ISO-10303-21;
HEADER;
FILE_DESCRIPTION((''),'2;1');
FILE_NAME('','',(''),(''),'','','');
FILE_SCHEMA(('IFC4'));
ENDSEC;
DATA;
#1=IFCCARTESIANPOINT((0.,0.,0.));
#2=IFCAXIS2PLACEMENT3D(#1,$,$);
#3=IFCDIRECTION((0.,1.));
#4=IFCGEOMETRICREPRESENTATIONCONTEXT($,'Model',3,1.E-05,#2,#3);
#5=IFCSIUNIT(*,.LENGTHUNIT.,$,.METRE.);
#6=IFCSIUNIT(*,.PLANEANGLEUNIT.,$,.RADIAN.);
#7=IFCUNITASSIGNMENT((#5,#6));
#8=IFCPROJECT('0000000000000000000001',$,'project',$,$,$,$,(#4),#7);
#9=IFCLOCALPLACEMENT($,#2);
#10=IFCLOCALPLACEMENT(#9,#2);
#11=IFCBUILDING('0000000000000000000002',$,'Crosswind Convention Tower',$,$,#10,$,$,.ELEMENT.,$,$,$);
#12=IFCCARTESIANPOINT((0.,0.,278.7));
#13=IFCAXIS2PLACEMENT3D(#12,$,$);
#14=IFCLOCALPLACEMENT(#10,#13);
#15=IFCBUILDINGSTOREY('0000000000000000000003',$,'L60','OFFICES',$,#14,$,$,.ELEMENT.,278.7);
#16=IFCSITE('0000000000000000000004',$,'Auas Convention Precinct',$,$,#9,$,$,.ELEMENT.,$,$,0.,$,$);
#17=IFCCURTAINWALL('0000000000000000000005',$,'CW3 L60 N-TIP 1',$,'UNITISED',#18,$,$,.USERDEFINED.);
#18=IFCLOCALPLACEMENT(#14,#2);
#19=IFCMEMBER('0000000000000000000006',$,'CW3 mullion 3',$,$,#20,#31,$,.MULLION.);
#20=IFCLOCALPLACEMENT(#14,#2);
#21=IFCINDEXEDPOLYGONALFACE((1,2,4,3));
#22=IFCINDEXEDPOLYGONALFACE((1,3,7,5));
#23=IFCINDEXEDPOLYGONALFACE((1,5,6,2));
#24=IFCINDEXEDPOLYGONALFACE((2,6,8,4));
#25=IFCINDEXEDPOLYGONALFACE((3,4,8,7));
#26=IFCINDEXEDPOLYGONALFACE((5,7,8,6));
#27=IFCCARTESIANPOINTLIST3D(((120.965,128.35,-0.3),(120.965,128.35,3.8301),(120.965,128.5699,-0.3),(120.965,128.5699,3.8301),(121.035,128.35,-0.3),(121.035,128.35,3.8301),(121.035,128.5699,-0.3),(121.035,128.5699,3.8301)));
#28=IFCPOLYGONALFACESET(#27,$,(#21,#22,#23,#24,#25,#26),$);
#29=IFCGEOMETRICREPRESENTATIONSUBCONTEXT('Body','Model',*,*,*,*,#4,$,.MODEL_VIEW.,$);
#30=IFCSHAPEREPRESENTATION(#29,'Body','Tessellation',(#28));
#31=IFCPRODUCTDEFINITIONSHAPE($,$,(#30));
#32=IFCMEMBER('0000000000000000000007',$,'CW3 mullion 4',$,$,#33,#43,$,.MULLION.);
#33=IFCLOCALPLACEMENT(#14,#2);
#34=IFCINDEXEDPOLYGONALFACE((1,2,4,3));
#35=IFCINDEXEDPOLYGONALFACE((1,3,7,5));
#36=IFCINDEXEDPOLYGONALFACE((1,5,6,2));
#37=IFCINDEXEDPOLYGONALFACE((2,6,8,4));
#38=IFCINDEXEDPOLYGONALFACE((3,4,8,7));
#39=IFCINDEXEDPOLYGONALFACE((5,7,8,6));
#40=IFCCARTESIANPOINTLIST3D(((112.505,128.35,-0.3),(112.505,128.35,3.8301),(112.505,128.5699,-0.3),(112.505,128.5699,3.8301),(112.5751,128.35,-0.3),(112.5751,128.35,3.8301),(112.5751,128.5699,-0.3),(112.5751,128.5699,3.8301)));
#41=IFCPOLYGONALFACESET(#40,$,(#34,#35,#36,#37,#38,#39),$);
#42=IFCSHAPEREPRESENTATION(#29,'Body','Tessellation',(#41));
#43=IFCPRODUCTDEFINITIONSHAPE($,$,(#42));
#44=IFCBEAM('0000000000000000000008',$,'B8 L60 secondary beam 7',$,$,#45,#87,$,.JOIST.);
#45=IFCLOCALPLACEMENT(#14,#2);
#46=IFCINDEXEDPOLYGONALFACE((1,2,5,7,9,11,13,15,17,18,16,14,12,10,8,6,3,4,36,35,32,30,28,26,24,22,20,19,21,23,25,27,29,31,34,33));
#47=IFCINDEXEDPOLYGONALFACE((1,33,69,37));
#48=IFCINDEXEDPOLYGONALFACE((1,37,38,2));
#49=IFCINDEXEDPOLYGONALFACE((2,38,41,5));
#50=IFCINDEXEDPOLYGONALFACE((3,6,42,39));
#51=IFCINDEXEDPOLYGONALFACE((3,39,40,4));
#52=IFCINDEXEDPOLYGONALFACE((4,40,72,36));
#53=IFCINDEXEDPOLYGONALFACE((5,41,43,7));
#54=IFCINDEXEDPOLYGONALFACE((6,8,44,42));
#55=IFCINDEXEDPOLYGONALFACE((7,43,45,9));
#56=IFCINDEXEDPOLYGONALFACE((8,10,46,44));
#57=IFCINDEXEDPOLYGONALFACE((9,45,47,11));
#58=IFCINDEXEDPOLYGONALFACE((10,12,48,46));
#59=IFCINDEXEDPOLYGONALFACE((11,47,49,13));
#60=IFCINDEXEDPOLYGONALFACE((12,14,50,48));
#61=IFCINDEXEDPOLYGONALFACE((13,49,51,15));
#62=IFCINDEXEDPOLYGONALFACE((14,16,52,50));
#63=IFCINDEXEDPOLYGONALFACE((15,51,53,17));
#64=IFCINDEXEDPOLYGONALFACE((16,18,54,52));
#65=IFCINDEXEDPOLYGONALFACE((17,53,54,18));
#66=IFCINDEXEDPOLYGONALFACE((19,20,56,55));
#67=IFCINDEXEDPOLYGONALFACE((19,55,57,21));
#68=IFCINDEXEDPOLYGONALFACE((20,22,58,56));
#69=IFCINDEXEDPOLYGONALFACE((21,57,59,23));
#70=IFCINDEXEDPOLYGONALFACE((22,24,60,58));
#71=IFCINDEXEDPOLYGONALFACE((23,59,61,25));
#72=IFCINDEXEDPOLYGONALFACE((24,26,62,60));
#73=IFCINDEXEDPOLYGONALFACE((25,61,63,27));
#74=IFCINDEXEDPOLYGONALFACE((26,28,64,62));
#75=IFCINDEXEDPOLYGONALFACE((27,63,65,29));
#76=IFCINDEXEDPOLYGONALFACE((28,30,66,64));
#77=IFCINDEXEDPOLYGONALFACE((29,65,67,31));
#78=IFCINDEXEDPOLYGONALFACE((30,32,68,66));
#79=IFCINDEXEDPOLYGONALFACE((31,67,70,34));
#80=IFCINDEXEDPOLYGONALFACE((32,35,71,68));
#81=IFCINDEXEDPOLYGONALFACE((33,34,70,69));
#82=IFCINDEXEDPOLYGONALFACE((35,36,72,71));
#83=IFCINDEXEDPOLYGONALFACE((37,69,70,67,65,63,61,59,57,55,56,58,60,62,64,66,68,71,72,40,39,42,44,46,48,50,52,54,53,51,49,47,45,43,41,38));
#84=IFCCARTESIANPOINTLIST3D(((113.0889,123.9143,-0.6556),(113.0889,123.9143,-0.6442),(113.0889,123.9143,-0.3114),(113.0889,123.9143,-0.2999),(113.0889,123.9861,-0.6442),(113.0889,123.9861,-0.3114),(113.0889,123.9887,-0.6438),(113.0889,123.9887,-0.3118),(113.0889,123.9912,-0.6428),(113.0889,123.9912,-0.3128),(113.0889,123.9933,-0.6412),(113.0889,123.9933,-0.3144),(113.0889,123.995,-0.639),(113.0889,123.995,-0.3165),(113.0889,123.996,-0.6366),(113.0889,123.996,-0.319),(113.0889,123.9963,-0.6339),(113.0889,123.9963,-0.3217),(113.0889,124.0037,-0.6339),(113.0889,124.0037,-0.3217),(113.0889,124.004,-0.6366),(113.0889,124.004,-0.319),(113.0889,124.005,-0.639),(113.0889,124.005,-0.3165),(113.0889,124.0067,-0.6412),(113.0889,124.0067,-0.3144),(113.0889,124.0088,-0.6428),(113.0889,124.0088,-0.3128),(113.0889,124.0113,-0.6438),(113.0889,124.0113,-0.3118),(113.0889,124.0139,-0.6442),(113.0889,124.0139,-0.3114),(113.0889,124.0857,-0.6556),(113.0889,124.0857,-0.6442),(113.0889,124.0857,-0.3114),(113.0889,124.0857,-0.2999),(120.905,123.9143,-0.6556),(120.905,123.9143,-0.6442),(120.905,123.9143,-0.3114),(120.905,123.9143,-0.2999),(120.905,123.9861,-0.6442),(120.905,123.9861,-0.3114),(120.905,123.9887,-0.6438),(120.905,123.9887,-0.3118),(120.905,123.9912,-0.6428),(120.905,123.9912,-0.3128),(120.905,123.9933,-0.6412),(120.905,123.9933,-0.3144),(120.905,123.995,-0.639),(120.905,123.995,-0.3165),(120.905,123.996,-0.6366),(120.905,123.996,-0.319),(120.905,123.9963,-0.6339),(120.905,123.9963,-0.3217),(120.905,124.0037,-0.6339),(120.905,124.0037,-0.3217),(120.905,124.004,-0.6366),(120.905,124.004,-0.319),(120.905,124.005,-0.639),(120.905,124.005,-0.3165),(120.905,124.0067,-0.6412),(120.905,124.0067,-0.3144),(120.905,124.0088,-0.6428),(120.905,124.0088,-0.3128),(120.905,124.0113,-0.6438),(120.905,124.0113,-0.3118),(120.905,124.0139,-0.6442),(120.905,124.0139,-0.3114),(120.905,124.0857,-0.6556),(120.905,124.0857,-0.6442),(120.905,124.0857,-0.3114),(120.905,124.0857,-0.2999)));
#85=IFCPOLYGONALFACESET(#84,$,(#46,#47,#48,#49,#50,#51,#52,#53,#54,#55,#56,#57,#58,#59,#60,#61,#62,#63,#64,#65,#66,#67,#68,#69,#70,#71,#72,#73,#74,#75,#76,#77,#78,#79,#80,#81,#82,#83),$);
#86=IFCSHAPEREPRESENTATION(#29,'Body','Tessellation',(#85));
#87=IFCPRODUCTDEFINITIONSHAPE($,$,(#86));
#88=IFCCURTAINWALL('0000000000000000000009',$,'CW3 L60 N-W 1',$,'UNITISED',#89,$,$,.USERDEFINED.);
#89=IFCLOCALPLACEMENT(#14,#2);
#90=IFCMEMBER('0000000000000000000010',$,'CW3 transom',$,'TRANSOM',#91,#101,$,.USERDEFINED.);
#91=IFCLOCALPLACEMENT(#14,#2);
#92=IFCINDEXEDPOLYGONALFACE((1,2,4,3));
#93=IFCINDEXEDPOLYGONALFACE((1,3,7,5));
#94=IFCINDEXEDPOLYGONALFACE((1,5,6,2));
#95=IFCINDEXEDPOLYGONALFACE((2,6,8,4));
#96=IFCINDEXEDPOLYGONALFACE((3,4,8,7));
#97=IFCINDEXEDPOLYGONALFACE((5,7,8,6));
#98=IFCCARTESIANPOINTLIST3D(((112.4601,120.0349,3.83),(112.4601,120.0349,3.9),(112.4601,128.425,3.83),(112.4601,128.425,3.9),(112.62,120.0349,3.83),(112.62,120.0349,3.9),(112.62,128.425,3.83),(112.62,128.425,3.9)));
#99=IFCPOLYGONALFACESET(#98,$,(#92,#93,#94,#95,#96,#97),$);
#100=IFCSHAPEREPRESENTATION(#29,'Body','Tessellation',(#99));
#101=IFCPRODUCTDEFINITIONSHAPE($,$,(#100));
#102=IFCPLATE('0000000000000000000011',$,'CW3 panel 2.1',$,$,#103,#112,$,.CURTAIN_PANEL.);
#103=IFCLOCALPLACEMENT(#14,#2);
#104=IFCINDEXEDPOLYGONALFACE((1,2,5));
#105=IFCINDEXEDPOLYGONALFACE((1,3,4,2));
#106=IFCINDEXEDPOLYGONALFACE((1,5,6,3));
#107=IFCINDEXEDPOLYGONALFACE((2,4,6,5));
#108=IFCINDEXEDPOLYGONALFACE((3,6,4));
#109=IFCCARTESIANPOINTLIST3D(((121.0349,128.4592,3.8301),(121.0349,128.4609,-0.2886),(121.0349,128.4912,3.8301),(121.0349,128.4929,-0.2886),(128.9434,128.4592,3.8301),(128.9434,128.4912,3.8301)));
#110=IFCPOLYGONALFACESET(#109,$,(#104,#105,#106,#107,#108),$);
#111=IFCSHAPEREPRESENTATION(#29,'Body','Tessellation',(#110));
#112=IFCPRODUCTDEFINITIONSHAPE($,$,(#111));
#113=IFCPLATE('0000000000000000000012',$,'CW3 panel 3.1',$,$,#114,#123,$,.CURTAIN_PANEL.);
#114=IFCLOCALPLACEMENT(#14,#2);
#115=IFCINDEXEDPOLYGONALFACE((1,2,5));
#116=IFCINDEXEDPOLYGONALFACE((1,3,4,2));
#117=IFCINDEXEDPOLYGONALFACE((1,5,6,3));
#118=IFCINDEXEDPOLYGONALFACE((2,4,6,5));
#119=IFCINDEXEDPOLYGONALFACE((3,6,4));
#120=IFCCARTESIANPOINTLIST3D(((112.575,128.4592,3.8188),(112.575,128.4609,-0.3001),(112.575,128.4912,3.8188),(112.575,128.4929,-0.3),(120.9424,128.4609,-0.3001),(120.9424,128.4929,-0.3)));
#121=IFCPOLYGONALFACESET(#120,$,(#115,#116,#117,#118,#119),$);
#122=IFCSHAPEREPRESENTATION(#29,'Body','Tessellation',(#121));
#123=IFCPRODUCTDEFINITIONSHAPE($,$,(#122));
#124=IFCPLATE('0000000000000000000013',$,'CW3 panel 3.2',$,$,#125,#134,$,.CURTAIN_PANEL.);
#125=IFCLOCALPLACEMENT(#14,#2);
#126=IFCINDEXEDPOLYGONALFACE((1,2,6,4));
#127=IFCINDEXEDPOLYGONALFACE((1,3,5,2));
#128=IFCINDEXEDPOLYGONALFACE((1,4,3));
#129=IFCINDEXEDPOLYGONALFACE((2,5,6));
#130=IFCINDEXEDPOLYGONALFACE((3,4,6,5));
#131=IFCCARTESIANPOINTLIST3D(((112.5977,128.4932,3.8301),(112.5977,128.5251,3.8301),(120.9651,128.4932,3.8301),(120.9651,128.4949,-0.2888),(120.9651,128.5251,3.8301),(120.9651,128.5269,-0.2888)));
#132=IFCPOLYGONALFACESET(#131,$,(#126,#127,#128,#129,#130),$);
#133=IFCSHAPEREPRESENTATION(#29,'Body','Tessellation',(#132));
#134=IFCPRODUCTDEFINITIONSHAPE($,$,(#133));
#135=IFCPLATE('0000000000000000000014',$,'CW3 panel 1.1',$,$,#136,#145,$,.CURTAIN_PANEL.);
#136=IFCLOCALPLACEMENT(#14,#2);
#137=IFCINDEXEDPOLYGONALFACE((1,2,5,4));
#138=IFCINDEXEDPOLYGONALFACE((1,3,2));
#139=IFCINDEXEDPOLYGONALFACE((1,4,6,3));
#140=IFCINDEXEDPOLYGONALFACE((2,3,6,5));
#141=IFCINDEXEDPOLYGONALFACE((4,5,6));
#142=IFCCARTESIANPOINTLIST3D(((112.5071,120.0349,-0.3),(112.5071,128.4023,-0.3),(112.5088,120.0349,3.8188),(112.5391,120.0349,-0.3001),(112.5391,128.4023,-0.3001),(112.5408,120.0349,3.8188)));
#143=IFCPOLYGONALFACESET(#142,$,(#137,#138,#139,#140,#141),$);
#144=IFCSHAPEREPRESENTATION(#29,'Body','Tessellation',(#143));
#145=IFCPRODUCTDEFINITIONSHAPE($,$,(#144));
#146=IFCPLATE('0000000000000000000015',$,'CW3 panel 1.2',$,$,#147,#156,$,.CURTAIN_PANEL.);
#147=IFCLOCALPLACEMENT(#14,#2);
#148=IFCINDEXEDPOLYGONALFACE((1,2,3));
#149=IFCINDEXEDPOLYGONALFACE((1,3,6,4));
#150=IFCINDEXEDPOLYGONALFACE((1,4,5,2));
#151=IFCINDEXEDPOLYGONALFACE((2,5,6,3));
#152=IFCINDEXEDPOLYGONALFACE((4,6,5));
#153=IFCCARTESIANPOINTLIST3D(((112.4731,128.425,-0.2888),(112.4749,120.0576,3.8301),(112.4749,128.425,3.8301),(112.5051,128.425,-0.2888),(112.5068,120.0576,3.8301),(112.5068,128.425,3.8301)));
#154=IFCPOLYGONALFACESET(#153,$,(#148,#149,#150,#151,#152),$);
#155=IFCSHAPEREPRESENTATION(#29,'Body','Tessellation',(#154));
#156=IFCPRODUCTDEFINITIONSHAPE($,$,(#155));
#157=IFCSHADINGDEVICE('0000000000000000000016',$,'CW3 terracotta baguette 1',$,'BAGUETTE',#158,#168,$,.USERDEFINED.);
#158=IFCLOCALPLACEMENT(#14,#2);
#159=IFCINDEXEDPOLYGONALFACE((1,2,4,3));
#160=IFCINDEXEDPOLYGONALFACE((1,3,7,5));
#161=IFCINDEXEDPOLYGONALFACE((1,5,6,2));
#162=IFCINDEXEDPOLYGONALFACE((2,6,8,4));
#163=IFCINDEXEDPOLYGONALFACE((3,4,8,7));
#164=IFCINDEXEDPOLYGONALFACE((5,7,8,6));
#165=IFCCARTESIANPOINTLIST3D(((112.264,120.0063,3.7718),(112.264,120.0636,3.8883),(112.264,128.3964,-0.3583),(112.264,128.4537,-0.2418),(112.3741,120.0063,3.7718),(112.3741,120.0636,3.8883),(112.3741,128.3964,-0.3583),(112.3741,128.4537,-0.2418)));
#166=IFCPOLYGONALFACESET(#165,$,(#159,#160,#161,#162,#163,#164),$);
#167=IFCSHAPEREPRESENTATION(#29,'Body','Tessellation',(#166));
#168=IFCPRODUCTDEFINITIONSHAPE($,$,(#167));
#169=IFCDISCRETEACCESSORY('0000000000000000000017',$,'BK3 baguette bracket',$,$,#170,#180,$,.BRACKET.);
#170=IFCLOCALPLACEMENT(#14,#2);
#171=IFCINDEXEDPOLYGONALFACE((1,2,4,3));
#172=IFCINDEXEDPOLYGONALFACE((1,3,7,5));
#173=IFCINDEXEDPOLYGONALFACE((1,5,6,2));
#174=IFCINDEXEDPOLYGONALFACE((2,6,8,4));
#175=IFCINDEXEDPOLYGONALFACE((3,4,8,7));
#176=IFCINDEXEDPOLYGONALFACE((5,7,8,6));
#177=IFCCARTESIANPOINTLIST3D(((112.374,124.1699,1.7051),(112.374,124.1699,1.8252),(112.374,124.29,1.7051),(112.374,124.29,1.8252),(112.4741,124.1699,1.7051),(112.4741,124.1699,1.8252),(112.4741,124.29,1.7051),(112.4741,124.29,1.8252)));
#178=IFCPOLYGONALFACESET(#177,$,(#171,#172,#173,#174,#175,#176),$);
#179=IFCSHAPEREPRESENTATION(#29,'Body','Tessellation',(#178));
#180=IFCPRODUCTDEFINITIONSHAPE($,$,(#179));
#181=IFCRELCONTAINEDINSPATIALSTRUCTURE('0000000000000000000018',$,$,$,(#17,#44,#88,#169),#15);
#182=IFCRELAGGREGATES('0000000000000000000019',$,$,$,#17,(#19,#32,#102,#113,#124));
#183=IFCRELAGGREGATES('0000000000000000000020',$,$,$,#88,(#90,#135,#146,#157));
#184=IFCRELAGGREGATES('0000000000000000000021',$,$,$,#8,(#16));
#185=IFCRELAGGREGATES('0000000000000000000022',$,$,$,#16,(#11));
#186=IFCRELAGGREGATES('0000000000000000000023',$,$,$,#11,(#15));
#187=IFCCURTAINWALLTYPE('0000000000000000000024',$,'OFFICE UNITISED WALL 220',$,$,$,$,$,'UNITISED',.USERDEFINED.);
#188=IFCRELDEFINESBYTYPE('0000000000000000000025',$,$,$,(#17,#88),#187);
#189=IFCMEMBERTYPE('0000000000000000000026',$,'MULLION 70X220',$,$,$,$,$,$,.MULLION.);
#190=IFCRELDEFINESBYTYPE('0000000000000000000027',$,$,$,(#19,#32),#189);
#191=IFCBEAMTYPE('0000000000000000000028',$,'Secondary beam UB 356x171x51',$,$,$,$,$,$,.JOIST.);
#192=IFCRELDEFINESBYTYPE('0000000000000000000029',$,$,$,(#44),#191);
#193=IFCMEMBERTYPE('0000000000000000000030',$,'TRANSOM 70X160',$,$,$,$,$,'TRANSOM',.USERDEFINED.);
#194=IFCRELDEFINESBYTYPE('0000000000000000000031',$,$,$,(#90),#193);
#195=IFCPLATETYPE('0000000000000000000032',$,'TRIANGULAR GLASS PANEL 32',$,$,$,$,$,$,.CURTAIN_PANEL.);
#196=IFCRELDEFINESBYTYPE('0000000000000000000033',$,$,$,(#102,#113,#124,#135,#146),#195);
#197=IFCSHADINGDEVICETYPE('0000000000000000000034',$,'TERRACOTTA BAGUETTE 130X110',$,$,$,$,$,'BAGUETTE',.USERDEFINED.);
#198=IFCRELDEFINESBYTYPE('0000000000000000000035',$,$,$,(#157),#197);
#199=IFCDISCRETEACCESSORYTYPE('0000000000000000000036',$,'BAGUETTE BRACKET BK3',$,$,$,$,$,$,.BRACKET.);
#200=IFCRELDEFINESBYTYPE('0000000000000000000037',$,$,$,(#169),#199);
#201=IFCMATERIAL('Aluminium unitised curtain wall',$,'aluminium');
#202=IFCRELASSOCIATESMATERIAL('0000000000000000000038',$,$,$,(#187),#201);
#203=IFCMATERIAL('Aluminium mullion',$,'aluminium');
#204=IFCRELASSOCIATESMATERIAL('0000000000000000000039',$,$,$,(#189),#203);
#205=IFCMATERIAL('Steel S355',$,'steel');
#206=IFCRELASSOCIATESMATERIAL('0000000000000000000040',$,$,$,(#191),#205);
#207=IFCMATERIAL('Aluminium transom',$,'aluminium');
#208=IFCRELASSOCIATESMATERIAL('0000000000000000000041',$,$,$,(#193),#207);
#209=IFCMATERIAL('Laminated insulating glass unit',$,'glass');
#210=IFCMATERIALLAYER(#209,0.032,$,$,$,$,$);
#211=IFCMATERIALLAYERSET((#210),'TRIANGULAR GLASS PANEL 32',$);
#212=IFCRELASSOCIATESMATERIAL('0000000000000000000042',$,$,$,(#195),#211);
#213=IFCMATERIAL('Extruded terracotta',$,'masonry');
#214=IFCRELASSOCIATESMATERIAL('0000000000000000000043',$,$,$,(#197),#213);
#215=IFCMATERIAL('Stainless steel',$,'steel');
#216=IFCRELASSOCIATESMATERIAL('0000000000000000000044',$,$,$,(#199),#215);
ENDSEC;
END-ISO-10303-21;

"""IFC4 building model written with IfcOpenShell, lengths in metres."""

from ifc_helpers import new_model, si_unit, direction, frame, origin, origin_2d, place, context, subcontext, project, spatial, polyline, rectangle, i_section, outline, extrude, material, layer, layer_set, material_profile, profile_set, type_object, element, aggregate, save


model = new_model("IFC4")

# Units and contexts
model_context = context("Model", 3, precision=1e-05, world=origin(), true_north=direction((0.0, 1.0)))
body_context = subcontext(model_context, "Body", "Model", "MODEL_VIEW")
ifc_project = project(units=[si_unit("LENGTHUNIT", "METRE"), si_unit("PLANEANGLEUNIT", "RADIAN")], contexts=[model_context])

# Site, building, storey
site_placement = place(None, origin())
site = spatial("IfcSite", under=ifc_project, at=site_placement, Name="Auas Convention Precinct", CompositionType="ELEMENT", RefElevation=0.0)
building_placement = place(site_placement, origin())
building = spatial("IfcBuilding", under=site, at=building_placement, Name="Crosswind Convention Tower", CompositionType="ELEMENT")
storey_placement = place(building_placement, frame((0.0, 0.0, 278.7)))
storey = spatial("IfcBuildingStorey", under=building, at=storey_placement, Name="L60", Description="OFFICES", CompositionType="ELEMENT", Elevation=278.7)

# Shared definitions
ifc_material_1 = material(Name="Steel S355", Category="steel")

# Curtain wall, members
ifc_material_2 = material(Name="Aluminium unitised curtain wall", Category="aluminium")
curtain_wall_type = type_object("IfcCurtainWallType", Name="OFFICE UNITISED WALL 220", ElementType="UNITISED", PredefinedType="USERDEFINED", material=ifc_material_2)
curtain_wall_1_placement = place(storey_placement, origin())
curtain_wall_1 = element("IfcCurtainWall", 1, at=curtain_wall_1_placement, inside=storey, type_object=curtain_wall_type, Name="CW3 L60 N-TIP 1", ObjectType="UNITISED", PredefinedType="USERDEFINED")
ifc_material_3 = material(Name="Aluminium mullion", Category="aluminium")
ifc_material_profile_1 = material_profile(ifc_material_3, rectangle(XDim=0.22, YDim=0.0701, at=origin_2d()), Name="AL 220X70")
ifc_profile_set_1 = profile_set([ifc_material_profile_1], Name="Aluminium mullion")
member_type_1 = type_object("IfcMemberType", Name="MULLION 70X220", PredefinedType="MULLION", material=ifc_profile_set_1)
member_1_placement = place(storey_placement, frame((121.0, 128.46, -0.3), z_axis=(0.0, 0.0, 1.0), x_axis=(0.0, 1.0, 0.0)))
member_1 = element("IfcMember", 2, at=member_1_placement, type_object=member_type_1, Name="CW3 mullion 3", PredefinedType="MULLION", context=body_context, shape_type="SweptSolid", body=[
    extrude(rectangle(XDim=0.22, YDim=0.0701, at=origin_2d()), origin(), (0.0, 0.0, 1.0), 4.1301),
])
member_2_placement = place(storey_placement, frame((112.54, 128.46, -0.3), z_axis=(0.0, 0.0, 1.0), x_axis=(0.0, 1.0, 0.0)))
member_2 = element("IfcMember", 3, at=member_2_placement, type_object=member_type_1, Name="CW3 mullion 4", PredefinedType="MULLION", context=body_context, shape_type="SweptSolid", body=[
    extrude(rectangle(XDim=0.22, YDim=0.0701, at=origin_2d()), origin(), (0.0, 0.0, 1.0), 4.1301),
])

# Beam
ifc_material_profile_2 = material_profile(ifc_material_1, i_section(OverallWidth=0.1714, OverallDepth=0.3557, WebThickness=0.0073, FlangeThickness=0.0115, FilletRadius=0.0103, at=origin_2d()), Name="UB 356x171x51")
ifc_profile_set_2 = profile_set([ifc_material_profile_2], Name="Steel S355")
beam_type_1 = type_object("IfcBeamType", Name="Secondary beam UB 356x171x51", PredefinedType="JOIST", material=ifc_profile_set_2)
beam_1_placement = place(storey_placement, frame((113.0889, 124.0, -0.4778), z_axis=(1.0, 0.0, 0.0), x_axis=(0.0, 1.0, 0.0)))
element("IfcBeam", 4, at=beam_1_placement, inside=storey, type_object=beam_type_1, Name="B8 L60 secondary beam 7", PredefinedType="JOIST", context=body_context, shape_type="SweptSolid", body=[
    extrude(i_section(OverallWidth=0.1714, OverallDepth=0.3557, WebThickness=0.0073, FlangeThickness=0.0115, FilletRadius=0.0103, at=origin_2d()), origin(), (0.0, 0.0, 1.0), 7.8162),
])

# Curtain wall, member
curtain_wall_2_placement = place(storey_placement, origin())
curtain_wall_2 = element("IfcCurtainWall", 5, at=curtain_wall_2_placement, inside=storey, type_object=curtain_wall_type, Name="CW3 L60 N-W 1", ObjectType="UNITISED", PredefinedType="USERDEFINED")
ifc_material_4 = material(Name="Aluminium transom", Category="aluminium")
ifc_material_profile_3 = material_profile(ifc_material_4, rectangle(XDim=0.1599, YDim=0.0701, at=origin_2d()), Name="AL 160X70")
ifc_profile_set_3 = profile_set([ifc_material_profile_3], Name="Aluminium transom")
member_type_2 = type_object("IfcMemberType", Name="TRANSOM 70X160", ElementType="TRANSOM", PredefinedType="USERDEFINED", material=ifc_profile_set_3)
member_3_placement = place(storey_placement, frame((112.54, 128.425, 3.865), z_axis=(0.0, -1.0, 0.0), x_axis=(1.0, 0.0, 0.0)))
member_3 = element("IfcMember", 6, at=member_3_placement, type_object=member_type_2, Name="CW3 transom", ObjectType="TRANSOM", PredefinedType="USERDEFINED", context=body_context, shape_type="SweptSolid", body=[
    extrude(rectangle(XDim=0.1599, YDim=0.0701, at=origin_2d()), origin(), (0.0, 0.0, 1.0), 8.3901),
])

# Plates
ifc_material_5 = material(Name="Laminated insulating glass unit", Category="glass")
ifc_layer = layer(ifc_material_5, 0.032)
ifc_layer_set = layer_set([ifc_layer], Name="TRIANGULAR GLASS PANEL 32")
plate_type = type_object("IfcPlateType", Name="TRIANGULAR GLASS PANEL 32", PredefinedType="CURTAIN_PANEL", material=ifc_layer_set)
plate_1_placement = place(storey_placement, frame((121.0349, 128.4912, 3.8301), z_axis=(0.0, 1.0, 0.000415), x_axis=(1.0, 0.0, 0.0)))
plate_1 = element("IfcPlate", 7, at=plate_1_placement, type_object=plate_type, Name="CW3 panel 2.1", PredefinedType="CURTAIN_PANEL", context=body_context, shape_type="SweptSolid", body=[
    extrude(outline(polyline([(0.0, 0.0), (7.9084, 0.0), (0.0, 4.1187), (0.0, 0.0)])), origin(), (0.0, 0.0, -1.0), 0.032),
])
plate_2_placement = place(storey_placement, frame((112.575, 128.4929, -0.3), z_axis=(0.0, 1.0, 0.000415), x_axis=(0.0, -0.000415, 1.0)))
plate_2 = element("IfcPlate", 8, at=plate_2_placement, type_object=plate_type, Name="CW3 panel 3.1", PredefinedType="CURTAIN_PANEL", context=body_context, shape_type="SweptSolid", body=[
    extrude(outline(polyline([(0.0, 0.0), (4.1189, 0.0), (0.0, 8.3674), (0.0, 0.0)])), origin(), (0.0, 0.0, -1.0), 0.032),
])
plate_3_placement = place(storey_placement, frame((120.9651, 128.5251, 3.8301), z_axis=(0.0, 1.0, 0.000415), x_axis=(0.0, 0.000415, -1.0)))
plate_3 = element("IfcPlate", 9, at=plate_3_placement, type_object=plate_type, Name="CW3 panel 3.2", PredefinedType="CURTAIN_PANEL", context=body_context, shape_type="SweptSolid", body=[
    extrude(outline(polyline([(0.0, 0.0), (4.1189, 0.0), (0.0, 8.3674), (0.0, 0.0)])), origin(), (0.0, 0.0, -1.0), 0.032),
])
aggregate(curtain_wall_1, [member_1, member_2, plate_1, plate_2, plate_3])
plate_4_placement = place(storey_placement, frame((112.5071, 120.0349, -0.3), z_axis=(-1.0, 0.0, 0.000415), x_axis=(0.000415, 0.0, 1.0)))
plate_4 = element("IfcPlate", 10, at=plate_4_placement, type_object=plate_type, Name="CW3 panel 1.1", PredefinedType="CURTAIN_PANEL", context=body_context, shape_type="SweptSolid", body=[
    extrude(outline(polyline([(0.0, 0.0), (4.1189, 0.0), (0.0, 8.3674), (0.0, 0.0)])), origin(), (0.0, 0.0, -1.0), 0.032),
])
plate_5_placement = place(storey_placement, frame((112.4749, 128.425, 3.8301), z_axis=(-1.0, 0.0, 0.000415), x_axis=(-0.000415, 0.0, -1.0)))
plate_5 = element("IfcPlate", 11, at=plate_5_placement, type_object=plate_type, Name="CW3 panel 1.2", PredefinedType="CURTAIN_PANEL", context=body_context, shape_type="SweptSolid", body=[
    extrude(outline(polyline([(0.0, 0.0), (4.1189, 0.0), (0.0, 8.3674), (0.0, 0.0)])), origin(), (0.0, 0.0, -1.0), 0.032),
])

# Shading device
ifc_material_6 = material(Name="Extruded terracotta", Category="masonry")
ifc_material_profile_4 = material_profile(ifc_material_6, rectangle(XDim=0.1101, YDim=0.1299, at=origin_2d()), Name="TC 110X130")
ifc_profile_set_4 = profile_set([ifc_material_profile_4], Name="Extruded terracotta")
shading_device_type = type_object("IfcShadingDeviceType", Name="TERRACOTTA BAGUETTE 130X110", ElementType="BAGUETTE", PredefinedType="USERDEFINED", material=ifc_profile_set_4)
shading_device_placement = place(storey_placement, frame((112.3191, 128.425, -0.3), z_axis=(0.0, -0.897188, 0.441649), x_axis=(1.0, 0.0, 0.0)))
shading_device = element("IfcShadingDevice", 12, at=shading_device_placement, type_object=shading_device_type, Name="CW3 terracotta baguette 1", ObjectType="BAGUETTE", PredefinedType="USERDEFINED", context=body_context, shape_type="SweptSolid", body=[
    extrude(rectangle(XDim=0.1101, YDim=0.1299, at=origin_2d()), origin(), (0.0, 0.0, 1.0), 9.3516),
])
aggregate(curtain_wall_2, [member_3, plate_4, plate_5, shading_device])

# Discrete accessory
ifc_material_7 = material(Name="Stainless steel", Category="steel")
discrete_accessory_type = type_object("IfcDiscreteAccessoryType", Name="BAGUETTE BRACKET BK3", PredefinedType="BRACKET", material=ifc_material_7)
discrete_accessory_placement = place(storey_placement, frame((112.4241, 124.23, 1.7051), z_axis=(0.0, 0.0, 1.0), x_axis=(0.0, -1.0, 0.0)))
element("IfcDiscreteAccessory", 13, at=discrete_accessory_placement, inside=storey, type_object=discrete_accessory_type, Name="BK3 baguette bracket", PredefinedType="BRACKET", context=body_context, shape_type="SweptSolid", body=[
    extrude(rectangle(XDim=0.1201, YDim=0.1001, at=origin_2d()), origin(), (0.0, 0.0, 1.0), 0.1201),
])

save(model, "model.ifc")
